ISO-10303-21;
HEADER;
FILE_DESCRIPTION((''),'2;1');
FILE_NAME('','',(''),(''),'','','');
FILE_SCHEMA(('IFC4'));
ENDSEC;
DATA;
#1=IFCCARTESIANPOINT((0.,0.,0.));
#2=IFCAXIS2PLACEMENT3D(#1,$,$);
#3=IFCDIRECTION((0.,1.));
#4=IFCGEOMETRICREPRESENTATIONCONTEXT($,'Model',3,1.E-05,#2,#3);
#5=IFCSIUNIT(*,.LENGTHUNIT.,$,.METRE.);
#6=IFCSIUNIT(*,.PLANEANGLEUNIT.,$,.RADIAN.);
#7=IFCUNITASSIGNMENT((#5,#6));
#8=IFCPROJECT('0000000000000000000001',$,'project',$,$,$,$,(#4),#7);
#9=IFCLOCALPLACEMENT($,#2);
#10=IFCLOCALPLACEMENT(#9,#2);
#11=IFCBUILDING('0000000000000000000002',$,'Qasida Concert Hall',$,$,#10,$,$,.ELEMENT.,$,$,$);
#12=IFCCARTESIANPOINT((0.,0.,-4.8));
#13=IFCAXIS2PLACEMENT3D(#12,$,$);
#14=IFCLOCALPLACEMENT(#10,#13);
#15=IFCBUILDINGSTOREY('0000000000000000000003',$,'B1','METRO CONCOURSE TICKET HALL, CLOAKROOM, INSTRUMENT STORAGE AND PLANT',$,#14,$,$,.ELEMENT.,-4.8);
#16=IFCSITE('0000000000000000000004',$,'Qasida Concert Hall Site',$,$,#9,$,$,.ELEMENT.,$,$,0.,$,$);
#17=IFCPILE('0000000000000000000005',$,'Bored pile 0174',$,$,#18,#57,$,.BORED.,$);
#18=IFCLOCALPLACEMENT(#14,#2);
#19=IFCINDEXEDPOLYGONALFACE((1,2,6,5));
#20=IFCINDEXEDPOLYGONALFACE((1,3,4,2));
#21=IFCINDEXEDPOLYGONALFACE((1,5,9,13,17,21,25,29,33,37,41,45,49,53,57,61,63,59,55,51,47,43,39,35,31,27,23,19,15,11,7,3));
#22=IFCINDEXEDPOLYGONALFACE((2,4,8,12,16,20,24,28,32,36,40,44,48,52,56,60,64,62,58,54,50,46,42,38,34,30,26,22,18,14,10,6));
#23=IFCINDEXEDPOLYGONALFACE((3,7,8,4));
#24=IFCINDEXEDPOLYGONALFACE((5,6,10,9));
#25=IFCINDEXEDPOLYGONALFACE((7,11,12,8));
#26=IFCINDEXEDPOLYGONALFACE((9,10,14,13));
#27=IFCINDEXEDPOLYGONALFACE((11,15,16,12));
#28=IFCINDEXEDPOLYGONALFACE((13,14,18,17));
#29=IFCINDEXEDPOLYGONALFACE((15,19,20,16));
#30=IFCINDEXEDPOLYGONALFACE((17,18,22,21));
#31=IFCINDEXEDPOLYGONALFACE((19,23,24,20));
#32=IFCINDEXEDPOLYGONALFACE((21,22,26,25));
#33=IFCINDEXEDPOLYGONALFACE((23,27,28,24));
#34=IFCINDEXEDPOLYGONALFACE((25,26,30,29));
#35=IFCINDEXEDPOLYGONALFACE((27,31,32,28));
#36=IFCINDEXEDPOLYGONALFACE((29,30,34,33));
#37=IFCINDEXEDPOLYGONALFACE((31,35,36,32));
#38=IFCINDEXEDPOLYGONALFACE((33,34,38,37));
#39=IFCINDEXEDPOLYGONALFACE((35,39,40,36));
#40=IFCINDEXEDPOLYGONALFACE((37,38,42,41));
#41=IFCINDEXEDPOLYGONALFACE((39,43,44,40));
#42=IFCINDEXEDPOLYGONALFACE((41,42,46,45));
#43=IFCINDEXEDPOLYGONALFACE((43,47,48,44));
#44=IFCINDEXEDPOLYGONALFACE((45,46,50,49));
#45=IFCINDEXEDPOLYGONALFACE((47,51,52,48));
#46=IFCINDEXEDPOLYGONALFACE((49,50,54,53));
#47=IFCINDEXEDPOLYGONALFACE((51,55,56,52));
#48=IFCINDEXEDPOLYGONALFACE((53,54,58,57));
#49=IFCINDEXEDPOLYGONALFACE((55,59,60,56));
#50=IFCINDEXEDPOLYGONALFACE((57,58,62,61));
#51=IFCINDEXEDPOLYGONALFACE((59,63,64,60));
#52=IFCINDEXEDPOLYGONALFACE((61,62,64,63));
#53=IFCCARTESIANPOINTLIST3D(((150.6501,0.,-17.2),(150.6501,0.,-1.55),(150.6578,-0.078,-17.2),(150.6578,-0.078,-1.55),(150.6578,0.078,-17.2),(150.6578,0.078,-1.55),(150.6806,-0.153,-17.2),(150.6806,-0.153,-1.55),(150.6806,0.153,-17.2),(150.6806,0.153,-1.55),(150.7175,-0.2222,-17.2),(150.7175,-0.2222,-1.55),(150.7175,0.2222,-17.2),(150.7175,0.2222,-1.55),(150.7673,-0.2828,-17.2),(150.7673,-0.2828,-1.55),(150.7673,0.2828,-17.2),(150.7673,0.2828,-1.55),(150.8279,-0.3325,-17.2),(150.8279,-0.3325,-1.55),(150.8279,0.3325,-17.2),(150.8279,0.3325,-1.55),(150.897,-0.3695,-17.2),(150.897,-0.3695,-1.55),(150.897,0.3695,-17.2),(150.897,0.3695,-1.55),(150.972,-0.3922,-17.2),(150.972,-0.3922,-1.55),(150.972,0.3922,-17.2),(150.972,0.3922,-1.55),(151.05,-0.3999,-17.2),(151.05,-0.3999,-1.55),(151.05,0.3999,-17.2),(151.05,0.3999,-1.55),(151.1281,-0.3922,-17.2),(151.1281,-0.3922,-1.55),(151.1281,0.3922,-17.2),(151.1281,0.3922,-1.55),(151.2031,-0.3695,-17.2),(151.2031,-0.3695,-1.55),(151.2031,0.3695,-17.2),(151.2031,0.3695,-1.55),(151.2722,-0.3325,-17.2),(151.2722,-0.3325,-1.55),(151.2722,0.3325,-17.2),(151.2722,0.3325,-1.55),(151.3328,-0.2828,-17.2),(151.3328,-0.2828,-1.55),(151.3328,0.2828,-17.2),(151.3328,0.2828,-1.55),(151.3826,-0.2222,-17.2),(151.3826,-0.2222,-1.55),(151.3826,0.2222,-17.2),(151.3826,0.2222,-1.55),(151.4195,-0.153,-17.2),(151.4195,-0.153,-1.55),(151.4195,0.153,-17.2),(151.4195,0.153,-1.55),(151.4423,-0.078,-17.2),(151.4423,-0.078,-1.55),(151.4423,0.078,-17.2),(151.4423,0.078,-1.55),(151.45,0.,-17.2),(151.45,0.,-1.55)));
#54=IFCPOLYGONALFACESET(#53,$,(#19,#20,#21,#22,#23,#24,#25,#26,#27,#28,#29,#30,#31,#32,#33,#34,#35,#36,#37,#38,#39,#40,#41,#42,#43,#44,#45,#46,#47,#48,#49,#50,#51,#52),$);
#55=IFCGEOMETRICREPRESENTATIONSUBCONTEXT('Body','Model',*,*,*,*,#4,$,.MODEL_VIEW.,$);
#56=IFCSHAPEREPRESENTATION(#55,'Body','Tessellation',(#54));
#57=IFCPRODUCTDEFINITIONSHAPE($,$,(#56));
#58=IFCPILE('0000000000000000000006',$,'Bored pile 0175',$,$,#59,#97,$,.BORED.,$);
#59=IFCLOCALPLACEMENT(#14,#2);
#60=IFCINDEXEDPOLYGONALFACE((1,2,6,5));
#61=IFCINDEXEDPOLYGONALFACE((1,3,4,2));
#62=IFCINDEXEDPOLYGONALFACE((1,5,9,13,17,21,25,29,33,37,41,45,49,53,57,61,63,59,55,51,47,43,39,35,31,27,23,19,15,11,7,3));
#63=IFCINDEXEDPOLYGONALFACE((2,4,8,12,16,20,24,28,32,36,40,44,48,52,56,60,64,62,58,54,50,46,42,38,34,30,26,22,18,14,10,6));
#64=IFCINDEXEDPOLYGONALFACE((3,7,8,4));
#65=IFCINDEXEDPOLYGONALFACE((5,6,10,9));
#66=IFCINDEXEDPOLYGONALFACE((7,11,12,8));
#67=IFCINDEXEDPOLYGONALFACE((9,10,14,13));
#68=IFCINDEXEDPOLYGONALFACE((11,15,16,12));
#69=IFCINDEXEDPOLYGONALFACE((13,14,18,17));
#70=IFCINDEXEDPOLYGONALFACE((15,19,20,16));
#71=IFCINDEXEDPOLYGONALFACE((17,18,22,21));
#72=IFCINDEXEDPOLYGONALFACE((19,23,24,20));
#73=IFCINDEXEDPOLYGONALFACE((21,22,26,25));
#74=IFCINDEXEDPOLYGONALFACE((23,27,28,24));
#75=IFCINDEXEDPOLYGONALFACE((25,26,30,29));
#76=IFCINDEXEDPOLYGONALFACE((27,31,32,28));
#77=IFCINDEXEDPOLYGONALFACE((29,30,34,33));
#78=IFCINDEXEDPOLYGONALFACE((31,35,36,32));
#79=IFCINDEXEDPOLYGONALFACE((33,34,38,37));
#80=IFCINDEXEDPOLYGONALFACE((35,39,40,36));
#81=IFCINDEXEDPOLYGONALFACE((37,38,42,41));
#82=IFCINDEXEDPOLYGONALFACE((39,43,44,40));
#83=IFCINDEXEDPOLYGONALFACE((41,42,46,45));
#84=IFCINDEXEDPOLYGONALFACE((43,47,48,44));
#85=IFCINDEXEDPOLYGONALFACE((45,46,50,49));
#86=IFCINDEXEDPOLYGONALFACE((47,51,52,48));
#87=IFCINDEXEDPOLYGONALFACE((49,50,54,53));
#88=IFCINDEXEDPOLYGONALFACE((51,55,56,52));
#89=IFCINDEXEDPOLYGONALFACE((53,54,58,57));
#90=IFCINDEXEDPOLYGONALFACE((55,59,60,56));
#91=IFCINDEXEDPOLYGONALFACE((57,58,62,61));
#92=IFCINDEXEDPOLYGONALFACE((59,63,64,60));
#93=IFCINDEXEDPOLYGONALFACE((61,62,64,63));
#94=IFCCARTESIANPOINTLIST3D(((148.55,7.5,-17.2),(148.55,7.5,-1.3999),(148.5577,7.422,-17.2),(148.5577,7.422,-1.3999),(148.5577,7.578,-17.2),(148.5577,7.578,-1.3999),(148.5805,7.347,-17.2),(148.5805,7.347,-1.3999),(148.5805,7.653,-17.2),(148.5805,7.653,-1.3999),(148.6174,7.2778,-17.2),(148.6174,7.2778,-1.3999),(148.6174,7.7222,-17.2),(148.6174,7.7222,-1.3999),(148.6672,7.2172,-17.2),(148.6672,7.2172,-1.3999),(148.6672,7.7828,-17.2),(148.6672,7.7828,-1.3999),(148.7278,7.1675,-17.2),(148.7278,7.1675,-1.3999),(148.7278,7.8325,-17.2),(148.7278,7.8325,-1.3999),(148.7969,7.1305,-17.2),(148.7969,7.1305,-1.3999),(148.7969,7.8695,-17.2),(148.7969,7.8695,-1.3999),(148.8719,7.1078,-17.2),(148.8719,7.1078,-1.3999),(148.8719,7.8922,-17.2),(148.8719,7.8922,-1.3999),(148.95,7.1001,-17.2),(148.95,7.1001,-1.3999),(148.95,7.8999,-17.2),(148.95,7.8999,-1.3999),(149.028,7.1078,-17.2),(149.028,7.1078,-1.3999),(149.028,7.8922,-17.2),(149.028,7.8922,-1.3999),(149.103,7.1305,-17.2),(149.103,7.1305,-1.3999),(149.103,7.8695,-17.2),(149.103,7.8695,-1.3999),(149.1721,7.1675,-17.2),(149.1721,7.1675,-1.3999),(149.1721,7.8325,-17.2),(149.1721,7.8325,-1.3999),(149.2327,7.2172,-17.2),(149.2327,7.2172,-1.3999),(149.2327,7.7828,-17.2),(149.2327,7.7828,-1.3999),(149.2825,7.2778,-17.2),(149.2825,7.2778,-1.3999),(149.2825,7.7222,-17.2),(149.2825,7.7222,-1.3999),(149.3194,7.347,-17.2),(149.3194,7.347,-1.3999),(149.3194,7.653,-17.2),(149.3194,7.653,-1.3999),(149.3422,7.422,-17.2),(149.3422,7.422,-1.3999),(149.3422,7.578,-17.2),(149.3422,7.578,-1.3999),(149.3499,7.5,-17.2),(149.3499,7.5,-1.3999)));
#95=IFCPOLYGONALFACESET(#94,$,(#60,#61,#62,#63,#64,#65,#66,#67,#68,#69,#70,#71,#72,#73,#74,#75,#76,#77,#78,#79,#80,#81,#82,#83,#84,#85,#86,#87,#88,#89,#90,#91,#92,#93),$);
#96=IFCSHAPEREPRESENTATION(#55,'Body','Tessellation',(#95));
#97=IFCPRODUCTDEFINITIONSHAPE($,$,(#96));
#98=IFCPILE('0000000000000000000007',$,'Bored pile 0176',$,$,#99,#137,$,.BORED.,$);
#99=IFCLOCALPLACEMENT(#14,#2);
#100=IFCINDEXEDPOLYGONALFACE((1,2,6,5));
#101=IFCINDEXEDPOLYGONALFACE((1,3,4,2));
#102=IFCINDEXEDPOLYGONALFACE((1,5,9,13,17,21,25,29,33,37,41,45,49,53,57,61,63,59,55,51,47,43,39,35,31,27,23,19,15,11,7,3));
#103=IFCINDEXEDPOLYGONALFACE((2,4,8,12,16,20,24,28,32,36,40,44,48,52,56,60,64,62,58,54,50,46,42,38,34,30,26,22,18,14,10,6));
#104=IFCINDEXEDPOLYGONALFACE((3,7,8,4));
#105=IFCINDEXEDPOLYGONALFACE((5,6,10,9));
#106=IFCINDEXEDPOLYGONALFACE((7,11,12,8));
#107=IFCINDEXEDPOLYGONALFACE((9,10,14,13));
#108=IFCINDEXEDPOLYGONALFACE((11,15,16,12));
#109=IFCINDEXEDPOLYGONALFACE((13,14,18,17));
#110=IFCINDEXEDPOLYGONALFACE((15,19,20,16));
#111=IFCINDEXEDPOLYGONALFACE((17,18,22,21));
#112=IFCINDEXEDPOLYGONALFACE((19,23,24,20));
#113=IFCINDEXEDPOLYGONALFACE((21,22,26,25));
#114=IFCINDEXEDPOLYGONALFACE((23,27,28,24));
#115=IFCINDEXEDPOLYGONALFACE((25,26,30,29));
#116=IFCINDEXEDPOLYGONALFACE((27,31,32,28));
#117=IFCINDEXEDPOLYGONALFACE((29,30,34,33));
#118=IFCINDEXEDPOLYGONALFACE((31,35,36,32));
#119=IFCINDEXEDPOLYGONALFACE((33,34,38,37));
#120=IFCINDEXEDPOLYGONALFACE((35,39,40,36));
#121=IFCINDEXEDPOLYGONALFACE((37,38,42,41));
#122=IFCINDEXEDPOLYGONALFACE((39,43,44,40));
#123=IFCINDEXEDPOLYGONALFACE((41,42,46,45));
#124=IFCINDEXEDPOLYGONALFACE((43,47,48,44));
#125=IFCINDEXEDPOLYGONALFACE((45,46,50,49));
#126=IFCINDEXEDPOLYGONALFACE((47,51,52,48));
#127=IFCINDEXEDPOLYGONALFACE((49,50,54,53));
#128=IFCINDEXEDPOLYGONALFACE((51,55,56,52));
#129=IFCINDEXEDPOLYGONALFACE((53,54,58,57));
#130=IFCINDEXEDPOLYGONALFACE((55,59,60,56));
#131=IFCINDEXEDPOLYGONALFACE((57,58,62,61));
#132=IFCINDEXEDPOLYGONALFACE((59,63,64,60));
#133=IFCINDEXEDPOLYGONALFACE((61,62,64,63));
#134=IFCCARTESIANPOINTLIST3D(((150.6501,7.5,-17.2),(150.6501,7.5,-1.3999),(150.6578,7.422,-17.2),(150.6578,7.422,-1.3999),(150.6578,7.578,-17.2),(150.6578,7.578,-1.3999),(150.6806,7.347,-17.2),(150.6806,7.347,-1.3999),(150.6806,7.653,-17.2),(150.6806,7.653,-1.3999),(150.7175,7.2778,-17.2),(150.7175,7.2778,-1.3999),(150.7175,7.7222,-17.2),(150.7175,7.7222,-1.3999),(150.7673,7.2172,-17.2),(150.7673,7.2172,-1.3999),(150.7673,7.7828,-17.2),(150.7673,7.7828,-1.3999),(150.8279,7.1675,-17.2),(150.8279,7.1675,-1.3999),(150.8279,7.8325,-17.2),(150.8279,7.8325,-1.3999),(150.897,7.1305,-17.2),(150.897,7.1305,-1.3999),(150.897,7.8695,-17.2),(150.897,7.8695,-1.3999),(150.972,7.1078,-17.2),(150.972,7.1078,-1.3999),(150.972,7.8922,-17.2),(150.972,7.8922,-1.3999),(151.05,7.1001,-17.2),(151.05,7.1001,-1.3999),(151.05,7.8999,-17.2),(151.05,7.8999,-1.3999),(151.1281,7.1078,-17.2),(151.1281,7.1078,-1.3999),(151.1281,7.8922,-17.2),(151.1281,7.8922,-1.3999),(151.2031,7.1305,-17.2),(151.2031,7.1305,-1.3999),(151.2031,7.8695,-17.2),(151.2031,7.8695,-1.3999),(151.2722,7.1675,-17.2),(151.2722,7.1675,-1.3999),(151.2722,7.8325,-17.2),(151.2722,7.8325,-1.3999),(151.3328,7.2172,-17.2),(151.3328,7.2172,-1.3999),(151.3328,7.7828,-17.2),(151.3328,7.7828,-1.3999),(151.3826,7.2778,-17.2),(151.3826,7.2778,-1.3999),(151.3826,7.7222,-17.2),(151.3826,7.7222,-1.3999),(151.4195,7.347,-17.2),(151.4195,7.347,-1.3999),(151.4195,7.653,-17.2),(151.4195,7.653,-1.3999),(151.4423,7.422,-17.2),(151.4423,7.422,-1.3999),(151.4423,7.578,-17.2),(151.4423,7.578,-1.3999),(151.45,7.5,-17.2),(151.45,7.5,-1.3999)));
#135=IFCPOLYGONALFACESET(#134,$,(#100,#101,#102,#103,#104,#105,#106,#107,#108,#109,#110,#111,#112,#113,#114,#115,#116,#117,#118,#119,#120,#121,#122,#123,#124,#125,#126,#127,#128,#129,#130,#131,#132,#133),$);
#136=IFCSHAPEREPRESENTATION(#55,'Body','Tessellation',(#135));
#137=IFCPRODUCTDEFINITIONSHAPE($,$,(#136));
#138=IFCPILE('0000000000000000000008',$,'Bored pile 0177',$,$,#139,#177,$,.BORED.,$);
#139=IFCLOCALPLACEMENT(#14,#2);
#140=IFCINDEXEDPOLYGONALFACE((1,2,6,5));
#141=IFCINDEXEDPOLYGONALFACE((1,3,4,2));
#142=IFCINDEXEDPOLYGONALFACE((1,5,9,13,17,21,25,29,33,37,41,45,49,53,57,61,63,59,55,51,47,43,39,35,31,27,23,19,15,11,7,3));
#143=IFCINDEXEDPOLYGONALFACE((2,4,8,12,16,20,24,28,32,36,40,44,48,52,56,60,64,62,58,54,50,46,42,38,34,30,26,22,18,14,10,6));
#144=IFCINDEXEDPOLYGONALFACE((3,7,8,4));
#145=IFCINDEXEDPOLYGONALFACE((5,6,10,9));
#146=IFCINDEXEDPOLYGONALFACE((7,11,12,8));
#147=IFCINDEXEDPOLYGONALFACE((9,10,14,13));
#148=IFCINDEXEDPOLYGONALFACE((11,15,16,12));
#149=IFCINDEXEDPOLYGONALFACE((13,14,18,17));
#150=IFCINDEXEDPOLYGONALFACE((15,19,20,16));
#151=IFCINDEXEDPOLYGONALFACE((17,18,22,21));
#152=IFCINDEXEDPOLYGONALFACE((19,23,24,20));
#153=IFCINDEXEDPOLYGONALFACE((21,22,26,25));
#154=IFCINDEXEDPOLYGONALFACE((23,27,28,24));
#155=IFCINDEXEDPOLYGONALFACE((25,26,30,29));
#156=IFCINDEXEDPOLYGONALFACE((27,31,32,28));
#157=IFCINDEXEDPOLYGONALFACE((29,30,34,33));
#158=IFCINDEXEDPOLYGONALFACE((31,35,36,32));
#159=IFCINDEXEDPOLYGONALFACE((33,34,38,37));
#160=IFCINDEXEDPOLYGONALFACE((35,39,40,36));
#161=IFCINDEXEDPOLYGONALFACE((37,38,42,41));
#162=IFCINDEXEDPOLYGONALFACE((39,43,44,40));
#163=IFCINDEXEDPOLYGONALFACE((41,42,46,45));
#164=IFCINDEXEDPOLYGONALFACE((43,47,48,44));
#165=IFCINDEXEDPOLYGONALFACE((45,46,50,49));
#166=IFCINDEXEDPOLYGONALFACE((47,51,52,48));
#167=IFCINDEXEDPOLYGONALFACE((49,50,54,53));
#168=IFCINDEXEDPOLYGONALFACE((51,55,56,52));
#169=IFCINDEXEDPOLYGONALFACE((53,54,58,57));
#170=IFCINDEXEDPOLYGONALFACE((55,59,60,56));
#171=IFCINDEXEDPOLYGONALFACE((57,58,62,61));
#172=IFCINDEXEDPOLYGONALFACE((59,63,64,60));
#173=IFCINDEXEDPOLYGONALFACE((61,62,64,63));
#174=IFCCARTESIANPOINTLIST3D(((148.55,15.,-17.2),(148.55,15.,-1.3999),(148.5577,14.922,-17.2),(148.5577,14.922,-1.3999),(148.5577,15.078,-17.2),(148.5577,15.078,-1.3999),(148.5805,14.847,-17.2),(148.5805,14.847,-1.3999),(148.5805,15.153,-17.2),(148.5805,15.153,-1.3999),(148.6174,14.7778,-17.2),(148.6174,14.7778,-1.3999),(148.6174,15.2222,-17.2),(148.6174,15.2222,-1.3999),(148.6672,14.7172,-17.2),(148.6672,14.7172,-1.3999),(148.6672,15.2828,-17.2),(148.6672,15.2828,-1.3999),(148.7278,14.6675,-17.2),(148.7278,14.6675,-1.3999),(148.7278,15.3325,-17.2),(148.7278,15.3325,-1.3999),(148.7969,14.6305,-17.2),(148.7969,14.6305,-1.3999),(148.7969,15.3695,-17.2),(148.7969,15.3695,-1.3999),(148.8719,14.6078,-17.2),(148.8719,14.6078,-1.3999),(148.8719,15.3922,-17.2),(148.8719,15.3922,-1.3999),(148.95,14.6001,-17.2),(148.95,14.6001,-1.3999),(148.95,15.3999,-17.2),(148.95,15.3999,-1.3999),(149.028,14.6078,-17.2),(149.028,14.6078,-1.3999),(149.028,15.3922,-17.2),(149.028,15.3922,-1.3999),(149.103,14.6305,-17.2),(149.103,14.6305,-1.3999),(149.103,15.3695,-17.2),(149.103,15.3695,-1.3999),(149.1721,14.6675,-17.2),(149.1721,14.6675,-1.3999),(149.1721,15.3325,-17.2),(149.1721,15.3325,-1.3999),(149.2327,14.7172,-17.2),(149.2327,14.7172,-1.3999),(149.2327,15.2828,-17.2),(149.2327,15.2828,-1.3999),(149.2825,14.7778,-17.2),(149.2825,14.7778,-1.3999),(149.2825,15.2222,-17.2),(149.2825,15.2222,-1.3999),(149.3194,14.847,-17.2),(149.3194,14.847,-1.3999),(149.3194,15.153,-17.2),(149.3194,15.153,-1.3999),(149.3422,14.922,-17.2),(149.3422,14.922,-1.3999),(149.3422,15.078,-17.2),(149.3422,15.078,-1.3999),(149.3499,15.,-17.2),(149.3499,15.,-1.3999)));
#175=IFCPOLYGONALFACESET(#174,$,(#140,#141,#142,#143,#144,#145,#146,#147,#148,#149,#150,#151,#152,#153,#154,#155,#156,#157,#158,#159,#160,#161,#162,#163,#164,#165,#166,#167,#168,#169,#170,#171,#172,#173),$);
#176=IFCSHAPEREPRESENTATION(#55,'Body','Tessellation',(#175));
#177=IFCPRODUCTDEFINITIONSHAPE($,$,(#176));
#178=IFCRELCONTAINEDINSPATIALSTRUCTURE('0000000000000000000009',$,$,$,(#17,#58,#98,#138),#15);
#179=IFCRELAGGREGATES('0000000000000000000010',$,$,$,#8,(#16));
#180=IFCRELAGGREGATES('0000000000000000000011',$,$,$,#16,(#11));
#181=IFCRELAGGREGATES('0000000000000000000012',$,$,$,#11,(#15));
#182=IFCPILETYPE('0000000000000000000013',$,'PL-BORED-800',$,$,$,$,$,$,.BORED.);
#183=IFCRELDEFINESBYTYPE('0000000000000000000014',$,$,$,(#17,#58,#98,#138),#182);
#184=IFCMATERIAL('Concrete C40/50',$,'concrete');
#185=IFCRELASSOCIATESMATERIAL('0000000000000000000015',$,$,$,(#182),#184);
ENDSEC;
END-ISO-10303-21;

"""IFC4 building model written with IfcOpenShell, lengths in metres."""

from ifc_helpers import new_model, si_unit, direction, frame, origin, origin_2d, place, context, subcontext, project, spatial, circle, extrude, material, material_profile, profile_set, type_object, element, save


model = new_model("IFC4")

# Units and contexts
model_context = context("Model", 3, precision=1e-05, world=origin(), true_north=direction((0.0, 1.0)))
body_context = subcontext(model_context, "Body", "Model", "MODEL_VIEW")
ifc_project = project(units=[si_unit("LENGTHUNIT", "METRE"), si_unit("PLANEANGLEUNIT", "RADIAN")], contexts=[model_context])

# Site, building, storey
site_placement = place(None, origin())
site = spatial("IfcSite", under=ifc_project, at=site_placement, Name="Qasida Concert Hall Site", CompositionType="ELEMENT", RefElevation=0.0)
building_placement = place(site_placement, origin())
building = spatial("IfcBuilding", under=site, at=building_placement, Name="Qasida Concert Hall", CompositionType="ELEMENT")
storey_placement = place(building_placement, frame((0.0, 0.0, -4.8)))
storey = spatial("IfcBuildingStorey", under=building, at=storey_placement, Name="B1", Description="METRO CONCOURSE TICKET HALL, CLOAKROOM, INSTRUMENT STORAGE AND PLANT", CompositionType="ELEMENT", Elevation=-4.8)

# Shared definitions
ifc_material_1 = material(Name="Concrete C40/50", Category="concrete")

# Piles
ifc_material_profile_1 = material_profile(ifc_material_1, circle(Radius=0.3999, at=origin_2d()), Name="BORED PILE D800")
ifc_profile_set_1 = profile_set([ifc_material_profile_1], Name="Concrete C40/50")
pile_type = type_object("IfcPileType", Name="PL-BORED-800", PredefinedType="BORED", material=ifc_profile_set_1)
for number, where, z_axis, x_axis, name in (
    (1, (151.05, 0.0, -1.55), (0.0, 0.0, -1.0), (1.0, 0.0, 0.0), "Bored pile 0174"),
):
    element("IfcPile", number, at=place(storey_placement, frame(where, z_axis=z_axis, x_axis=x_axis)), inside=storey, type_object=pile_type, Name=name, PredefinedType="BORED", context=body_context, shape_type="SweptSolid", body=[
        extrude(circle(Radius=0.3999, at=origin_2d()), origin(), (0.0, 0.0, 1.0), 15.6499),
    ])
for number, where, z_axis, x_axis, name in (
    (2, (148.95, 7.5, -1.3999), (0.0, 0.0, -1.0), (1.0, 0.0, 0.0), "Bored pile 0175"),
    (3, (151.05, 7.5, -1.3999), (0.0, 0.0, -1.0), (1.0, 0.0, 0.0), "Bored pile 0176"),
    (4, (148.95, 15.0, -1.3999), (0.0, 0.0, -1.0), (1.0, 0.0, 0.0), "Bored pile 0177"),
):
    element("IfcPile", number, at=place(storey_placement, frame(where, z_axis=z_axis, x_axis=x_axis)), inside=storey, type_object=pile_type, Name=name, PredefinedType="BORED", context=body_context, shape_type="SweptSolid", body=[
        extrude(circle(Radius=0.3999, at=origin_2d()), origin(), (0.0, 0.0, 1.0), 15.8),
    ])

save(model, "model.ifc")
